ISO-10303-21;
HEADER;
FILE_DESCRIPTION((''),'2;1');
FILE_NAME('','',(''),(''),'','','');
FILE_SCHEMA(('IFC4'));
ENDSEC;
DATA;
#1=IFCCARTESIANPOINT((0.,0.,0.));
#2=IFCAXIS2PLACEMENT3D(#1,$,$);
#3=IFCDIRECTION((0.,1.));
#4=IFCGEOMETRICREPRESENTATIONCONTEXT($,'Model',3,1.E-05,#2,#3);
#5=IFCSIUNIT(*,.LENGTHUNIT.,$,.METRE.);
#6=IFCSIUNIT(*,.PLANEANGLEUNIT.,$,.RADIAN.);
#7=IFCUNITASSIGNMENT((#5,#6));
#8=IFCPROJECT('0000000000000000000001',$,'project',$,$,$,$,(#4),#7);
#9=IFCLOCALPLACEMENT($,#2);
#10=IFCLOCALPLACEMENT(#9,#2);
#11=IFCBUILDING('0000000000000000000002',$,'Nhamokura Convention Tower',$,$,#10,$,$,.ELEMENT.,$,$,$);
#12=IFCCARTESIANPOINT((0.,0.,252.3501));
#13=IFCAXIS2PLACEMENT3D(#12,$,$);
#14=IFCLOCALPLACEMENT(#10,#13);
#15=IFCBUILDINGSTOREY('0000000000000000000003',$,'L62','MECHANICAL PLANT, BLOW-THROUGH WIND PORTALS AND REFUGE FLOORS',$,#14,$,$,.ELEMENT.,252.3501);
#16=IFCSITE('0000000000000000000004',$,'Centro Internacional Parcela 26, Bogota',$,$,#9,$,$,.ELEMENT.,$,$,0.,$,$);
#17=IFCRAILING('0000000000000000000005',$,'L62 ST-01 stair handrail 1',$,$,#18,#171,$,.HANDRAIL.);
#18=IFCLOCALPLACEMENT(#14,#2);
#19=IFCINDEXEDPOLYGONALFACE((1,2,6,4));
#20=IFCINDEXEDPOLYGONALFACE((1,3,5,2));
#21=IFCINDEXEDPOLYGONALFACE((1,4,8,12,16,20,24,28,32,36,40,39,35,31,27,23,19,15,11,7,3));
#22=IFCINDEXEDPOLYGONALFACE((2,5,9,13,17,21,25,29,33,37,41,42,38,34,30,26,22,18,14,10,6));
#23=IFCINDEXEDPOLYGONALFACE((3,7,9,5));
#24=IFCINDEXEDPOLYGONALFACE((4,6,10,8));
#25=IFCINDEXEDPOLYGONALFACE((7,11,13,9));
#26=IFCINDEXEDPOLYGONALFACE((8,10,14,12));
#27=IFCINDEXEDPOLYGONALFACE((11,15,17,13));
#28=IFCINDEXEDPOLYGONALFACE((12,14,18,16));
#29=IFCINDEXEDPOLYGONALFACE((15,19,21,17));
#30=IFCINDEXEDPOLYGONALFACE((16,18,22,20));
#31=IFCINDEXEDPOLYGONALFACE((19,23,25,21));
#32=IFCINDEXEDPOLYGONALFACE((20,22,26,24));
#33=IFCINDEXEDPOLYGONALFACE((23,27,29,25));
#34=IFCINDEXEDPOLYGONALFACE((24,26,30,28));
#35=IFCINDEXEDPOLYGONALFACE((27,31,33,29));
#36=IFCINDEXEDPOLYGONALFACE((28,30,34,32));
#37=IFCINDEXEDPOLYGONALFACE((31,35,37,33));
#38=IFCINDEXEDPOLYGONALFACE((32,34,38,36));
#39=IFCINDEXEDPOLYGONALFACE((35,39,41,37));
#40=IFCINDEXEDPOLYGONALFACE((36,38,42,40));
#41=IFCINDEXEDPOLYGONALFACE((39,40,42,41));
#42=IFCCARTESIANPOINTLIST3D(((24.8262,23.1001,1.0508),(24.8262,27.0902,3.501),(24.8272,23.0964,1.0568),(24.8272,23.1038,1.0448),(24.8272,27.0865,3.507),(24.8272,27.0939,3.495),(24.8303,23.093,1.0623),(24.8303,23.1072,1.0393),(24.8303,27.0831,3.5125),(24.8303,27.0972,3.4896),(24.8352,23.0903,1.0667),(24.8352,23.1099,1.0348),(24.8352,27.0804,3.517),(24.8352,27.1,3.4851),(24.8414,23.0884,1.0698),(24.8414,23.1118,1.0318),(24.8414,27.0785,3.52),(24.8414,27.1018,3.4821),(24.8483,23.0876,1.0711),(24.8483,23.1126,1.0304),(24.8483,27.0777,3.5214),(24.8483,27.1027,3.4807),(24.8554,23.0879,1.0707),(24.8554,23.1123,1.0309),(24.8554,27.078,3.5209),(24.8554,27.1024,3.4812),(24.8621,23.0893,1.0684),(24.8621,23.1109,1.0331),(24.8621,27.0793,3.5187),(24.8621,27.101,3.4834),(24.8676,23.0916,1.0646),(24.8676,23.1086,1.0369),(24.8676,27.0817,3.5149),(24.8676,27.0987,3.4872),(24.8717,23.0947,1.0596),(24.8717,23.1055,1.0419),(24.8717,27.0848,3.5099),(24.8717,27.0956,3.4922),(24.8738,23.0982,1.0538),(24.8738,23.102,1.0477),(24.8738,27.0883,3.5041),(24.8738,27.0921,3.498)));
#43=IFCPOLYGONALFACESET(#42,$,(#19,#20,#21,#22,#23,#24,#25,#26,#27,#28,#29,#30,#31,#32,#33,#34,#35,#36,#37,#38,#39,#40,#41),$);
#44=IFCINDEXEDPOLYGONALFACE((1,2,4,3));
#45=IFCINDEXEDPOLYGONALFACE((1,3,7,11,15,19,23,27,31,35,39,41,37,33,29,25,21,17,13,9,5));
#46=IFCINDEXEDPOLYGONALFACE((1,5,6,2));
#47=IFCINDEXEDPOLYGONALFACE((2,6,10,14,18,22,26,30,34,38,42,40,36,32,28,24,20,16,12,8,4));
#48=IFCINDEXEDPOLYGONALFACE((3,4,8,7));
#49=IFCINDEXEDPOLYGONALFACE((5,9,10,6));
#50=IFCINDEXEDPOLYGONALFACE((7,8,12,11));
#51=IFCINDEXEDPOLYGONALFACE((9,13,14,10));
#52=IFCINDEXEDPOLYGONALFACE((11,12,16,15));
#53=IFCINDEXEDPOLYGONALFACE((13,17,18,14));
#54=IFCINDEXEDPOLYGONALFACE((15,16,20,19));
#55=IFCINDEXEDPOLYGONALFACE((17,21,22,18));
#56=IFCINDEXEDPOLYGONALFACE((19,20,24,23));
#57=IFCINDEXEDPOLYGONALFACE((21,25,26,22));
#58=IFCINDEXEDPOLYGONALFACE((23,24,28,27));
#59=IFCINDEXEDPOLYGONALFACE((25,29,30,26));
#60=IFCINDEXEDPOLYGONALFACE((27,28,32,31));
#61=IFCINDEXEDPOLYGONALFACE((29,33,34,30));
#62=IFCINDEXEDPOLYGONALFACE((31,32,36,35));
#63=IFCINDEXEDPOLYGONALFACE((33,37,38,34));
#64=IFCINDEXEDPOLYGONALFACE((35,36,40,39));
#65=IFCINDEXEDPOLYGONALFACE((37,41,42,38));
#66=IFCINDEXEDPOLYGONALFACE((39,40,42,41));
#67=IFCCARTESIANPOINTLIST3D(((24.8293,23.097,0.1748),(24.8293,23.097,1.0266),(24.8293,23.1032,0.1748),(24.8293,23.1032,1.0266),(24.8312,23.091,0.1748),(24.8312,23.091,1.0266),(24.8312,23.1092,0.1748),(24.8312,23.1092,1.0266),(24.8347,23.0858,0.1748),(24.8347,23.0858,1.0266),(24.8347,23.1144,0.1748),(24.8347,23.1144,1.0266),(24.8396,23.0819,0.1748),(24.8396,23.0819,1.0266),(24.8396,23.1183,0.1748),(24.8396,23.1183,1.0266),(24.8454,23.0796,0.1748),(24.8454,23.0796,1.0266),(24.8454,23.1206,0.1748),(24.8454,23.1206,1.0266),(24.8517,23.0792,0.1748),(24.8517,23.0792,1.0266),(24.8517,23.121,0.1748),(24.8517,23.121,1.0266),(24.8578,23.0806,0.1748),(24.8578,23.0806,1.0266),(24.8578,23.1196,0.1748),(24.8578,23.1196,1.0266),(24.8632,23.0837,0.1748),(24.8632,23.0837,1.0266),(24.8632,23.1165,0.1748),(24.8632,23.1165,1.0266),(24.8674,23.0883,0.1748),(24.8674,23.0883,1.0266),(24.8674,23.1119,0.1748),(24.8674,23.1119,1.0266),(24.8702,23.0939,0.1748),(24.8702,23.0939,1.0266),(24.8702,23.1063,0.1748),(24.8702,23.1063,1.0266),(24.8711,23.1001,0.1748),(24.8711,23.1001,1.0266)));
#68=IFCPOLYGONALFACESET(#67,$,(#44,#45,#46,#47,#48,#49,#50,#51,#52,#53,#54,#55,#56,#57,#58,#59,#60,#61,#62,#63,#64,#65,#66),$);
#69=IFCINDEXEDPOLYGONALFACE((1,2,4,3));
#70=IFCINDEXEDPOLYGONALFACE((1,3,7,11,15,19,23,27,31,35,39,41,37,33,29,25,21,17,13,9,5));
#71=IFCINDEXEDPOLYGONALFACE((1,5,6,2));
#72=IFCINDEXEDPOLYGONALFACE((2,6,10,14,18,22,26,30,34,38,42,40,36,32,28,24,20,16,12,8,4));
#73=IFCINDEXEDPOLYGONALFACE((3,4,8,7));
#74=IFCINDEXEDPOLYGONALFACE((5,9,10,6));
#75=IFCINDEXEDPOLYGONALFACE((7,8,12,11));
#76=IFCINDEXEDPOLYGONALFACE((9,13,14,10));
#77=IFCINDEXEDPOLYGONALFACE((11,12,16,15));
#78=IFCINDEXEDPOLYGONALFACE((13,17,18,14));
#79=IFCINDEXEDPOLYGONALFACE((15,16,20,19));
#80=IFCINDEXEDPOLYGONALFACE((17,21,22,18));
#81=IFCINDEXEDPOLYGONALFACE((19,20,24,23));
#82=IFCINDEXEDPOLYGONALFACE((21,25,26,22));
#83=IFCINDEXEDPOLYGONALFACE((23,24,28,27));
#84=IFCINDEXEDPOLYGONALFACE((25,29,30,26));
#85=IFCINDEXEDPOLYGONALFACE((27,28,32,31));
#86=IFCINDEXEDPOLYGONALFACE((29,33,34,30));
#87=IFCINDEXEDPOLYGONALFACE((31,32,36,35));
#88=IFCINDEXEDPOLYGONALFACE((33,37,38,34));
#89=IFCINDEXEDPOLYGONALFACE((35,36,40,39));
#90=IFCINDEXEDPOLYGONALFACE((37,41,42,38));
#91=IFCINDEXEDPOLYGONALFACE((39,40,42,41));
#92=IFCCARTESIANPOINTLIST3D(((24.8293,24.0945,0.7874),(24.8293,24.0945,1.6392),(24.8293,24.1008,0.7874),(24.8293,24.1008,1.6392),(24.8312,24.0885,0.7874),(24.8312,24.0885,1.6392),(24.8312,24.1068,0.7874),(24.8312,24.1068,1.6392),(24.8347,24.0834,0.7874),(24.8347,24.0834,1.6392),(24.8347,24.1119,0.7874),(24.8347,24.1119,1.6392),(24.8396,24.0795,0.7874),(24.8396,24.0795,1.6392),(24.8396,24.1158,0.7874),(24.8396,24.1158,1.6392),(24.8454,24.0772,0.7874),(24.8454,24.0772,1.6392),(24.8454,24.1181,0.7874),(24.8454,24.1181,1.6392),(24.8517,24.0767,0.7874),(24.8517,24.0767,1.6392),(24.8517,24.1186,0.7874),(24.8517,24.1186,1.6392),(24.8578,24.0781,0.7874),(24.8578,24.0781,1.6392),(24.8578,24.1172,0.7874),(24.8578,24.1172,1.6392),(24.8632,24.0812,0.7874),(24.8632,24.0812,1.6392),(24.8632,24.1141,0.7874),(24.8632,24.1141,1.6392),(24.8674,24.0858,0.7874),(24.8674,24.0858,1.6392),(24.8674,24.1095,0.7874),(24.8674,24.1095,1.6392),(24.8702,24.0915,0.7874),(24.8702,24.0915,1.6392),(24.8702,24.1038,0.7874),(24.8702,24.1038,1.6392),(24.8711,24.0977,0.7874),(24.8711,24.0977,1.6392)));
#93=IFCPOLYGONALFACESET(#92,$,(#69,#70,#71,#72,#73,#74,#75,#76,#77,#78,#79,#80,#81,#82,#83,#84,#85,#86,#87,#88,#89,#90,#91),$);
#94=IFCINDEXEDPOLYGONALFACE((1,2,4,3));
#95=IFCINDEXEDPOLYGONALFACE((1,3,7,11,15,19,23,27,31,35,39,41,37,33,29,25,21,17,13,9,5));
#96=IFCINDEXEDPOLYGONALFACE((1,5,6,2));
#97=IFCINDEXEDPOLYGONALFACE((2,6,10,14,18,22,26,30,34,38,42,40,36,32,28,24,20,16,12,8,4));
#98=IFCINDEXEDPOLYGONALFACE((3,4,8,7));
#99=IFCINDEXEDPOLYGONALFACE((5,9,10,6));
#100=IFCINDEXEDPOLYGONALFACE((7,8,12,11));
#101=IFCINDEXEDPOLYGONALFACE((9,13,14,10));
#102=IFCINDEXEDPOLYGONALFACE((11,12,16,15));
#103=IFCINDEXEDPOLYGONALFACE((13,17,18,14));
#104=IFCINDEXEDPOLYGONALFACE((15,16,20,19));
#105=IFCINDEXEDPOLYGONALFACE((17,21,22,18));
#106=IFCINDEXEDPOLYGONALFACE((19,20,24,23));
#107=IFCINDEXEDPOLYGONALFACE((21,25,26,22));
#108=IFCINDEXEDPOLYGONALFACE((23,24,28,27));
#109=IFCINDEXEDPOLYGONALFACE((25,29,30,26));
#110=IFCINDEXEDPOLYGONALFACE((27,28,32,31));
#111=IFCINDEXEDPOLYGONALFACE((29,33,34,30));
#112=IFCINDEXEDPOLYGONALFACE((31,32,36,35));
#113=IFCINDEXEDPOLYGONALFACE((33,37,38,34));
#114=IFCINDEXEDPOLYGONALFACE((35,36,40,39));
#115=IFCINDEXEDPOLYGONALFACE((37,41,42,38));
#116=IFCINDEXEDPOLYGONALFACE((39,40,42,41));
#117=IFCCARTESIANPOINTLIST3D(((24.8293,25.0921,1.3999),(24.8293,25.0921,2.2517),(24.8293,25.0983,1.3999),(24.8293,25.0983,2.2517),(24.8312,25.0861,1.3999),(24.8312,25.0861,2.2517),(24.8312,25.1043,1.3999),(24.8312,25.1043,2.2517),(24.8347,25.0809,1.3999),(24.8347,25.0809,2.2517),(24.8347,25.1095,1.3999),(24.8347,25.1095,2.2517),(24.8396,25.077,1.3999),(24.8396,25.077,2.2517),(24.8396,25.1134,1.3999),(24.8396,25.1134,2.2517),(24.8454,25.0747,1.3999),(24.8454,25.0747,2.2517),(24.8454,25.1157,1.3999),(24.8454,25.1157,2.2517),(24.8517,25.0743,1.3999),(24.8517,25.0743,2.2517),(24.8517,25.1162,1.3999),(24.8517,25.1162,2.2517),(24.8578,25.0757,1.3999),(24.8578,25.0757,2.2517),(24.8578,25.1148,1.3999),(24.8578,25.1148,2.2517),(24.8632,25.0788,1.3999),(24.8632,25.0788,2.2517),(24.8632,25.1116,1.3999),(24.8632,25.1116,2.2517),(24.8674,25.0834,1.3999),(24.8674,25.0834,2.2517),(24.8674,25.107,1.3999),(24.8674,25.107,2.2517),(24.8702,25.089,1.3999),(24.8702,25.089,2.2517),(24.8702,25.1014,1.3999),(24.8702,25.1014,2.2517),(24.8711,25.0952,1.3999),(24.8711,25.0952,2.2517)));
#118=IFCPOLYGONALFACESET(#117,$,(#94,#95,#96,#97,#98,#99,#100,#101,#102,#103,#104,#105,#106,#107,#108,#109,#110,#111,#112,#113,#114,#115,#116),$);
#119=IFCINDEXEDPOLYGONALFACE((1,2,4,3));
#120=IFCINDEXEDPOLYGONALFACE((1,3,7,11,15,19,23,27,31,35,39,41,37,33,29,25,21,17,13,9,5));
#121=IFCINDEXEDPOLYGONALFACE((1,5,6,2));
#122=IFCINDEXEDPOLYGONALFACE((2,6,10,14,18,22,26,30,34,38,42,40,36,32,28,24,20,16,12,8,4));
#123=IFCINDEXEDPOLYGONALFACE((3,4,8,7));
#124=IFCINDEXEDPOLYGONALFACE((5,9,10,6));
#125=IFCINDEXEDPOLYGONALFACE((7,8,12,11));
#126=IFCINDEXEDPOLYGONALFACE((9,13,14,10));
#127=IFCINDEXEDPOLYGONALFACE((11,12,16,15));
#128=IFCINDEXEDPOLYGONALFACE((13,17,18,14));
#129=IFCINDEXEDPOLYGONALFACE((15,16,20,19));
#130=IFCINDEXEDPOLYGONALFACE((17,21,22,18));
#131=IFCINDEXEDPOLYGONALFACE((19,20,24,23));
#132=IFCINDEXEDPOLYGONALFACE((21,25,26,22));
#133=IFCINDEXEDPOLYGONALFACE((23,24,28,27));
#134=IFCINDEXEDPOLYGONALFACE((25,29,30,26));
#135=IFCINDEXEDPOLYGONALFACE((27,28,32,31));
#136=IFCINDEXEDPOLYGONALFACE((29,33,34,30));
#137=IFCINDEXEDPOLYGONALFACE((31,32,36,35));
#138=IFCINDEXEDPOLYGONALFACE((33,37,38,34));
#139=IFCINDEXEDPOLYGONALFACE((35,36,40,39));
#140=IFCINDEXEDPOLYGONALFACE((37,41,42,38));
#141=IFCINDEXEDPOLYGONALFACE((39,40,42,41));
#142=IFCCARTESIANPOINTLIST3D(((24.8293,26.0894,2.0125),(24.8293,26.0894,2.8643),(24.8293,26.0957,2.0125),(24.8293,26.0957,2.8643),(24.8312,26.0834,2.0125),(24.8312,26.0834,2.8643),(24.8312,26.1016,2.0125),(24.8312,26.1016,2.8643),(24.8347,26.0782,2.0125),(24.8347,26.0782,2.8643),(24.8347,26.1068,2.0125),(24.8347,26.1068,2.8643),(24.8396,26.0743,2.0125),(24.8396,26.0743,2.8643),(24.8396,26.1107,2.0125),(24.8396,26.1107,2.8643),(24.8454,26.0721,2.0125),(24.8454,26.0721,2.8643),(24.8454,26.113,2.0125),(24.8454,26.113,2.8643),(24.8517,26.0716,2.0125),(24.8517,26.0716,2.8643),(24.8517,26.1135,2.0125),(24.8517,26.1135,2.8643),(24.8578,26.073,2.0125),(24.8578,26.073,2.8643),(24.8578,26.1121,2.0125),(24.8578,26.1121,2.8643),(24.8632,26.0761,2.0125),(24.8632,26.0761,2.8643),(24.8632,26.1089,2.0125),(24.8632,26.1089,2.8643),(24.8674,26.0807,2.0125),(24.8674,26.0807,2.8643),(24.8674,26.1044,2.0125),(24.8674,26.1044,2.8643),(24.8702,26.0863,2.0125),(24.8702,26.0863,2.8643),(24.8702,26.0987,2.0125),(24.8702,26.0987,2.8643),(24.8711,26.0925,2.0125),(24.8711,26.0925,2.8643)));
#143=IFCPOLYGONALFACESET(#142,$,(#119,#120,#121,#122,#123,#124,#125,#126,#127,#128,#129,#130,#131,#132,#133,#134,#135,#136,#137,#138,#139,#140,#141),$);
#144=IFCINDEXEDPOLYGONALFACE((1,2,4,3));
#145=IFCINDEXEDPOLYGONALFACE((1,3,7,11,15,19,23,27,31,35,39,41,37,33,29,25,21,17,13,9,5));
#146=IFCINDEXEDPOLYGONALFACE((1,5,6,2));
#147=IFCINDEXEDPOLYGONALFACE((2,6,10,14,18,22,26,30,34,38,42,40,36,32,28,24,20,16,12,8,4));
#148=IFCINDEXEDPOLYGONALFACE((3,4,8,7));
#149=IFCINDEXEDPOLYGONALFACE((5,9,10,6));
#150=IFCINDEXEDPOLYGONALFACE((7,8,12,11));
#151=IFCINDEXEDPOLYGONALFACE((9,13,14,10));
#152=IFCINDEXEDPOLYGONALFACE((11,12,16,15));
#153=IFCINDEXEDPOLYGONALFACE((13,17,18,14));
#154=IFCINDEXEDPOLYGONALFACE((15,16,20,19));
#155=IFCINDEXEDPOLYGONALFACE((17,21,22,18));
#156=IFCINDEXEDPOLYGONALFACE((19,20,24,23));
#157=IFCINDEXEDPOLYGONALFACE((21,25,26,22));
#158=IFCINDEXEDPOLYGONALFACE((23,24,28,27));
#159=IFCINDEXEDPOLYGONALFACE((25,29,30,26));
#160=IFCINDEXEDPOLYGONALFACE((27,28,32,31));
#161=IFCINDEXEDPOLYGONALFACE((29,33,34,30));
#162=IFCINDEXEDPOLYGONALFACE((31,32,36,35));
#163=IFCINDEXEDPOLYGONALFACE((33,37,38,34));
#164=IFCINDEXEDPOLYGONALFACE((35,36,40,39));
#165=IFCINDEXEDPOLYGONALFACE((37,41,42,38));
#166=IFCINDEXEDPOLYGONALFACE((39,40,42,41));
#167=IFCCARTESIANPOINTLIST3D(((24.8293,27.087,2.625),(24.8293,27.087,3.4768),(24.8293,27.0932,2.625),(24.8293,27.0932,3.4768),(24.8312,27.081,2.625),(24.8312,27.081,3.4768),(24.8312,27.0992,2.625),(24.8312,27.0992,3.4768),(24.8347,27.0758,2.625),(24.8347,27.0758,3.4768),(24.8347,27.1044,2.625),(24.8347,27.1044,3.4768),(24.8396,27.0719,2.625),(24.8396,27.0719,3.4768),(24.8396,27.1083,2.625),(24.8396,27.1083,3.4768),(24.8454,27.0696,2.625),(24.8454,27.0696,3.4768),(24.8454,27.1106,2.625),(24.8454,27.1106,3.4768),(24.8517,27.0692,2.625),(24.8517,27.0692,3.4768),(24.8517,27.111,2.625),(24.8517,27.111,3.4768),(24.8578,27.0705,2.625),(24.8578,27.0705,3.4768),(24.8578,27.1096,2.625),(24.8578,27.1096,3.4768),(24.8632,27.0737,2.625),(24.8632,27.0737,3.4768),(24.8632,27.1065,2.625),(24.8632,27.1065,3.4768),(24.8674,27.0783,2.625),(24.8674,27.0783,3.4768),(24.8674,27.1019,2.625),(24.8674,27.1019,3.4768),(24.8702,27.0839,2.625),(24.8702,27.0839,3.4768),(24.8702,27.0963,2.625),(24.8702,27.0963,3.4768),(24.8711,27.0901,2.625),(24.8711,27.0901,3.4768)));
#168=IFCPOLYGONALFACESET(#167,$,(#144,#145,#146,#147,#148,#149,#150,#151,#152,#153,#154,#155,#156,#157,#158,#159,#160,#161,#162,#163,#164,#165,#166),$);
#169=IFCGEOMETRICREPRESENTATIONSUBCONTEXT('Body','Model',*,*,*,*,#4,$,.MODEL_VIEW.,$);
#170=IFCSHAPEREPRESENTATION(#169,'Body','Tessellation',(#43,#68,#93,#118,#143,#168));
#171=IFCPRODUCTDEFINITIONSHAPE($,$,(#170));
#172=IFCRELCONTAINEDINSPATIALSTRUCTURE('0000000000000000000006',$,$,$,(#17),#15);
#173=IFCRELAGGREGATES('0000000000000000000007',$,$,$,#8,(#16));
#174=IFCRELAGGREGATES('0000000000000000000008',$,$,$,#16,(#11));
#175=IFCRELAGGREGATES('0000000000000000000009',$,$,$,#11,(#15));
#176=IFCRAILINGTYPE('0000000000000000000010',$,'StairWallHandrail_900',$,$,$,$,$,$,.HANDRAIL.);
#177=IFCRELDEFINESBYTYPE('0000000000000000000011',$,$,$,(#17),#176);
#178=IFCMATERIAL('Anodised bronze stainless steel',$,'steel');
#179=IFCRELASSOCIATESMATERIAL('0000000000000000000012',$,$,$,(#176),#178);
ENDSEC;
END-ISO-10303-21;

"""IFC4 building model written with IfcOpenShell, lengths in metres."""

from ifc_helpers import new_model, si_unit, direction, frame, origin, origin_2d, place, context, subcontext, project, spatial, circle, extrude, material, type_object, element, save


model = new_model("IFC4")

# Units and contexts
model_context = context("Model", 3, precision=1e-05, world=origin(), true_north=direction((0.0, 1.0)))
body_context = subcontext(model_context, "Body", "Model", "MODEL_VIEW")
ifc_project = project(units=[si_unit("LENGTHUNIT", "METRE"), si_unit("PLANEANGLEUNIT", "RADIAN")], contexts=[model_context])

# Site, building, storey
site_placement = place(None, origin())
site = spatial("IfcSite", under=ifc_project, at=site_placement, Name="Centro Internacional Parcela 26, Bogota", CompositionType="ELEMENT", RefElevation=0.0)
building_placement = place(site_placement, origin())
building = spatial("IfcBuilding", under=site, at=building_placement, Name="Nhamokura Convention Tower", CompositionType="ELEMENT")
storey_placement = place(building_placement, frame((0.0, 0.0, 252.3501)))
storey = spatial("IfcBuildingStorey", under=building, at=storey_placement, Name="L62", Description="MECHANICAL PLANT, BLOW-THROUGH WIND PORTALS AND REFUGE FLOORS", CompositionType="ELEMENT", Elevation=252.3501)

# Railing
ifc_material_1 = material(Name="Anodised bronze stainless steel", Category="steel")
railing_type_1 = type_object("IfcRailingType", Name="StairWallHandrail_900", PredefinedType="HANDRAIL", material=ifc_material_1)
railing_1_placement = place(storey_placement, frame((24.8501, 23.1001, 0.1748)))
element("IfcRailing", 1, at=railing_1_placement, inside=storey, type_object=railing_type_1, Name="L62 ST-01 stair handrail 1", PredefinedType="HANDRAIL", context=body_context, shape_type="SweptSolid", body=[
    extrude(circle(Radius=0.0239, at=origin_2d()), frame((0.0, 0.0, 0.876), z_axis=(0.0, 0.852152, 0.523294), x_axis=(-1.0, 0.0, 0.0)), (0.0, 0.0, 1.0), 4.6824),
    extrude(circle(Radius=0.021, at=origin_2d()), origin(), (0.0, 0.0, 1.0), 0.8518),
    extrude(circle(Radius=0.021, at=origin_2d()), frame((0.0, 0.9976, 0.6125)), (0.0, 0.0, 1.0), 0.8518),
    extrude(circle(Radius=0.021, at=origin_2d()), frame((0.0, 1.9951, 1.2251)), (0.0, 0.0, 1.0), 0.8518),
    extrude(circle(Radius=0.021, at=origin_2d()), frame((0.0, 2.9924, 1.8376)), (0.0, 0.0, 1.0), 0.8518),
    extrude(circle(Radius=0.021, at=origin_2d()), frame((0.0, 3.99, 2.4502)), (0.0, 0.0, 1.0), 0.8518),
])

save(model, "model.ifc")
